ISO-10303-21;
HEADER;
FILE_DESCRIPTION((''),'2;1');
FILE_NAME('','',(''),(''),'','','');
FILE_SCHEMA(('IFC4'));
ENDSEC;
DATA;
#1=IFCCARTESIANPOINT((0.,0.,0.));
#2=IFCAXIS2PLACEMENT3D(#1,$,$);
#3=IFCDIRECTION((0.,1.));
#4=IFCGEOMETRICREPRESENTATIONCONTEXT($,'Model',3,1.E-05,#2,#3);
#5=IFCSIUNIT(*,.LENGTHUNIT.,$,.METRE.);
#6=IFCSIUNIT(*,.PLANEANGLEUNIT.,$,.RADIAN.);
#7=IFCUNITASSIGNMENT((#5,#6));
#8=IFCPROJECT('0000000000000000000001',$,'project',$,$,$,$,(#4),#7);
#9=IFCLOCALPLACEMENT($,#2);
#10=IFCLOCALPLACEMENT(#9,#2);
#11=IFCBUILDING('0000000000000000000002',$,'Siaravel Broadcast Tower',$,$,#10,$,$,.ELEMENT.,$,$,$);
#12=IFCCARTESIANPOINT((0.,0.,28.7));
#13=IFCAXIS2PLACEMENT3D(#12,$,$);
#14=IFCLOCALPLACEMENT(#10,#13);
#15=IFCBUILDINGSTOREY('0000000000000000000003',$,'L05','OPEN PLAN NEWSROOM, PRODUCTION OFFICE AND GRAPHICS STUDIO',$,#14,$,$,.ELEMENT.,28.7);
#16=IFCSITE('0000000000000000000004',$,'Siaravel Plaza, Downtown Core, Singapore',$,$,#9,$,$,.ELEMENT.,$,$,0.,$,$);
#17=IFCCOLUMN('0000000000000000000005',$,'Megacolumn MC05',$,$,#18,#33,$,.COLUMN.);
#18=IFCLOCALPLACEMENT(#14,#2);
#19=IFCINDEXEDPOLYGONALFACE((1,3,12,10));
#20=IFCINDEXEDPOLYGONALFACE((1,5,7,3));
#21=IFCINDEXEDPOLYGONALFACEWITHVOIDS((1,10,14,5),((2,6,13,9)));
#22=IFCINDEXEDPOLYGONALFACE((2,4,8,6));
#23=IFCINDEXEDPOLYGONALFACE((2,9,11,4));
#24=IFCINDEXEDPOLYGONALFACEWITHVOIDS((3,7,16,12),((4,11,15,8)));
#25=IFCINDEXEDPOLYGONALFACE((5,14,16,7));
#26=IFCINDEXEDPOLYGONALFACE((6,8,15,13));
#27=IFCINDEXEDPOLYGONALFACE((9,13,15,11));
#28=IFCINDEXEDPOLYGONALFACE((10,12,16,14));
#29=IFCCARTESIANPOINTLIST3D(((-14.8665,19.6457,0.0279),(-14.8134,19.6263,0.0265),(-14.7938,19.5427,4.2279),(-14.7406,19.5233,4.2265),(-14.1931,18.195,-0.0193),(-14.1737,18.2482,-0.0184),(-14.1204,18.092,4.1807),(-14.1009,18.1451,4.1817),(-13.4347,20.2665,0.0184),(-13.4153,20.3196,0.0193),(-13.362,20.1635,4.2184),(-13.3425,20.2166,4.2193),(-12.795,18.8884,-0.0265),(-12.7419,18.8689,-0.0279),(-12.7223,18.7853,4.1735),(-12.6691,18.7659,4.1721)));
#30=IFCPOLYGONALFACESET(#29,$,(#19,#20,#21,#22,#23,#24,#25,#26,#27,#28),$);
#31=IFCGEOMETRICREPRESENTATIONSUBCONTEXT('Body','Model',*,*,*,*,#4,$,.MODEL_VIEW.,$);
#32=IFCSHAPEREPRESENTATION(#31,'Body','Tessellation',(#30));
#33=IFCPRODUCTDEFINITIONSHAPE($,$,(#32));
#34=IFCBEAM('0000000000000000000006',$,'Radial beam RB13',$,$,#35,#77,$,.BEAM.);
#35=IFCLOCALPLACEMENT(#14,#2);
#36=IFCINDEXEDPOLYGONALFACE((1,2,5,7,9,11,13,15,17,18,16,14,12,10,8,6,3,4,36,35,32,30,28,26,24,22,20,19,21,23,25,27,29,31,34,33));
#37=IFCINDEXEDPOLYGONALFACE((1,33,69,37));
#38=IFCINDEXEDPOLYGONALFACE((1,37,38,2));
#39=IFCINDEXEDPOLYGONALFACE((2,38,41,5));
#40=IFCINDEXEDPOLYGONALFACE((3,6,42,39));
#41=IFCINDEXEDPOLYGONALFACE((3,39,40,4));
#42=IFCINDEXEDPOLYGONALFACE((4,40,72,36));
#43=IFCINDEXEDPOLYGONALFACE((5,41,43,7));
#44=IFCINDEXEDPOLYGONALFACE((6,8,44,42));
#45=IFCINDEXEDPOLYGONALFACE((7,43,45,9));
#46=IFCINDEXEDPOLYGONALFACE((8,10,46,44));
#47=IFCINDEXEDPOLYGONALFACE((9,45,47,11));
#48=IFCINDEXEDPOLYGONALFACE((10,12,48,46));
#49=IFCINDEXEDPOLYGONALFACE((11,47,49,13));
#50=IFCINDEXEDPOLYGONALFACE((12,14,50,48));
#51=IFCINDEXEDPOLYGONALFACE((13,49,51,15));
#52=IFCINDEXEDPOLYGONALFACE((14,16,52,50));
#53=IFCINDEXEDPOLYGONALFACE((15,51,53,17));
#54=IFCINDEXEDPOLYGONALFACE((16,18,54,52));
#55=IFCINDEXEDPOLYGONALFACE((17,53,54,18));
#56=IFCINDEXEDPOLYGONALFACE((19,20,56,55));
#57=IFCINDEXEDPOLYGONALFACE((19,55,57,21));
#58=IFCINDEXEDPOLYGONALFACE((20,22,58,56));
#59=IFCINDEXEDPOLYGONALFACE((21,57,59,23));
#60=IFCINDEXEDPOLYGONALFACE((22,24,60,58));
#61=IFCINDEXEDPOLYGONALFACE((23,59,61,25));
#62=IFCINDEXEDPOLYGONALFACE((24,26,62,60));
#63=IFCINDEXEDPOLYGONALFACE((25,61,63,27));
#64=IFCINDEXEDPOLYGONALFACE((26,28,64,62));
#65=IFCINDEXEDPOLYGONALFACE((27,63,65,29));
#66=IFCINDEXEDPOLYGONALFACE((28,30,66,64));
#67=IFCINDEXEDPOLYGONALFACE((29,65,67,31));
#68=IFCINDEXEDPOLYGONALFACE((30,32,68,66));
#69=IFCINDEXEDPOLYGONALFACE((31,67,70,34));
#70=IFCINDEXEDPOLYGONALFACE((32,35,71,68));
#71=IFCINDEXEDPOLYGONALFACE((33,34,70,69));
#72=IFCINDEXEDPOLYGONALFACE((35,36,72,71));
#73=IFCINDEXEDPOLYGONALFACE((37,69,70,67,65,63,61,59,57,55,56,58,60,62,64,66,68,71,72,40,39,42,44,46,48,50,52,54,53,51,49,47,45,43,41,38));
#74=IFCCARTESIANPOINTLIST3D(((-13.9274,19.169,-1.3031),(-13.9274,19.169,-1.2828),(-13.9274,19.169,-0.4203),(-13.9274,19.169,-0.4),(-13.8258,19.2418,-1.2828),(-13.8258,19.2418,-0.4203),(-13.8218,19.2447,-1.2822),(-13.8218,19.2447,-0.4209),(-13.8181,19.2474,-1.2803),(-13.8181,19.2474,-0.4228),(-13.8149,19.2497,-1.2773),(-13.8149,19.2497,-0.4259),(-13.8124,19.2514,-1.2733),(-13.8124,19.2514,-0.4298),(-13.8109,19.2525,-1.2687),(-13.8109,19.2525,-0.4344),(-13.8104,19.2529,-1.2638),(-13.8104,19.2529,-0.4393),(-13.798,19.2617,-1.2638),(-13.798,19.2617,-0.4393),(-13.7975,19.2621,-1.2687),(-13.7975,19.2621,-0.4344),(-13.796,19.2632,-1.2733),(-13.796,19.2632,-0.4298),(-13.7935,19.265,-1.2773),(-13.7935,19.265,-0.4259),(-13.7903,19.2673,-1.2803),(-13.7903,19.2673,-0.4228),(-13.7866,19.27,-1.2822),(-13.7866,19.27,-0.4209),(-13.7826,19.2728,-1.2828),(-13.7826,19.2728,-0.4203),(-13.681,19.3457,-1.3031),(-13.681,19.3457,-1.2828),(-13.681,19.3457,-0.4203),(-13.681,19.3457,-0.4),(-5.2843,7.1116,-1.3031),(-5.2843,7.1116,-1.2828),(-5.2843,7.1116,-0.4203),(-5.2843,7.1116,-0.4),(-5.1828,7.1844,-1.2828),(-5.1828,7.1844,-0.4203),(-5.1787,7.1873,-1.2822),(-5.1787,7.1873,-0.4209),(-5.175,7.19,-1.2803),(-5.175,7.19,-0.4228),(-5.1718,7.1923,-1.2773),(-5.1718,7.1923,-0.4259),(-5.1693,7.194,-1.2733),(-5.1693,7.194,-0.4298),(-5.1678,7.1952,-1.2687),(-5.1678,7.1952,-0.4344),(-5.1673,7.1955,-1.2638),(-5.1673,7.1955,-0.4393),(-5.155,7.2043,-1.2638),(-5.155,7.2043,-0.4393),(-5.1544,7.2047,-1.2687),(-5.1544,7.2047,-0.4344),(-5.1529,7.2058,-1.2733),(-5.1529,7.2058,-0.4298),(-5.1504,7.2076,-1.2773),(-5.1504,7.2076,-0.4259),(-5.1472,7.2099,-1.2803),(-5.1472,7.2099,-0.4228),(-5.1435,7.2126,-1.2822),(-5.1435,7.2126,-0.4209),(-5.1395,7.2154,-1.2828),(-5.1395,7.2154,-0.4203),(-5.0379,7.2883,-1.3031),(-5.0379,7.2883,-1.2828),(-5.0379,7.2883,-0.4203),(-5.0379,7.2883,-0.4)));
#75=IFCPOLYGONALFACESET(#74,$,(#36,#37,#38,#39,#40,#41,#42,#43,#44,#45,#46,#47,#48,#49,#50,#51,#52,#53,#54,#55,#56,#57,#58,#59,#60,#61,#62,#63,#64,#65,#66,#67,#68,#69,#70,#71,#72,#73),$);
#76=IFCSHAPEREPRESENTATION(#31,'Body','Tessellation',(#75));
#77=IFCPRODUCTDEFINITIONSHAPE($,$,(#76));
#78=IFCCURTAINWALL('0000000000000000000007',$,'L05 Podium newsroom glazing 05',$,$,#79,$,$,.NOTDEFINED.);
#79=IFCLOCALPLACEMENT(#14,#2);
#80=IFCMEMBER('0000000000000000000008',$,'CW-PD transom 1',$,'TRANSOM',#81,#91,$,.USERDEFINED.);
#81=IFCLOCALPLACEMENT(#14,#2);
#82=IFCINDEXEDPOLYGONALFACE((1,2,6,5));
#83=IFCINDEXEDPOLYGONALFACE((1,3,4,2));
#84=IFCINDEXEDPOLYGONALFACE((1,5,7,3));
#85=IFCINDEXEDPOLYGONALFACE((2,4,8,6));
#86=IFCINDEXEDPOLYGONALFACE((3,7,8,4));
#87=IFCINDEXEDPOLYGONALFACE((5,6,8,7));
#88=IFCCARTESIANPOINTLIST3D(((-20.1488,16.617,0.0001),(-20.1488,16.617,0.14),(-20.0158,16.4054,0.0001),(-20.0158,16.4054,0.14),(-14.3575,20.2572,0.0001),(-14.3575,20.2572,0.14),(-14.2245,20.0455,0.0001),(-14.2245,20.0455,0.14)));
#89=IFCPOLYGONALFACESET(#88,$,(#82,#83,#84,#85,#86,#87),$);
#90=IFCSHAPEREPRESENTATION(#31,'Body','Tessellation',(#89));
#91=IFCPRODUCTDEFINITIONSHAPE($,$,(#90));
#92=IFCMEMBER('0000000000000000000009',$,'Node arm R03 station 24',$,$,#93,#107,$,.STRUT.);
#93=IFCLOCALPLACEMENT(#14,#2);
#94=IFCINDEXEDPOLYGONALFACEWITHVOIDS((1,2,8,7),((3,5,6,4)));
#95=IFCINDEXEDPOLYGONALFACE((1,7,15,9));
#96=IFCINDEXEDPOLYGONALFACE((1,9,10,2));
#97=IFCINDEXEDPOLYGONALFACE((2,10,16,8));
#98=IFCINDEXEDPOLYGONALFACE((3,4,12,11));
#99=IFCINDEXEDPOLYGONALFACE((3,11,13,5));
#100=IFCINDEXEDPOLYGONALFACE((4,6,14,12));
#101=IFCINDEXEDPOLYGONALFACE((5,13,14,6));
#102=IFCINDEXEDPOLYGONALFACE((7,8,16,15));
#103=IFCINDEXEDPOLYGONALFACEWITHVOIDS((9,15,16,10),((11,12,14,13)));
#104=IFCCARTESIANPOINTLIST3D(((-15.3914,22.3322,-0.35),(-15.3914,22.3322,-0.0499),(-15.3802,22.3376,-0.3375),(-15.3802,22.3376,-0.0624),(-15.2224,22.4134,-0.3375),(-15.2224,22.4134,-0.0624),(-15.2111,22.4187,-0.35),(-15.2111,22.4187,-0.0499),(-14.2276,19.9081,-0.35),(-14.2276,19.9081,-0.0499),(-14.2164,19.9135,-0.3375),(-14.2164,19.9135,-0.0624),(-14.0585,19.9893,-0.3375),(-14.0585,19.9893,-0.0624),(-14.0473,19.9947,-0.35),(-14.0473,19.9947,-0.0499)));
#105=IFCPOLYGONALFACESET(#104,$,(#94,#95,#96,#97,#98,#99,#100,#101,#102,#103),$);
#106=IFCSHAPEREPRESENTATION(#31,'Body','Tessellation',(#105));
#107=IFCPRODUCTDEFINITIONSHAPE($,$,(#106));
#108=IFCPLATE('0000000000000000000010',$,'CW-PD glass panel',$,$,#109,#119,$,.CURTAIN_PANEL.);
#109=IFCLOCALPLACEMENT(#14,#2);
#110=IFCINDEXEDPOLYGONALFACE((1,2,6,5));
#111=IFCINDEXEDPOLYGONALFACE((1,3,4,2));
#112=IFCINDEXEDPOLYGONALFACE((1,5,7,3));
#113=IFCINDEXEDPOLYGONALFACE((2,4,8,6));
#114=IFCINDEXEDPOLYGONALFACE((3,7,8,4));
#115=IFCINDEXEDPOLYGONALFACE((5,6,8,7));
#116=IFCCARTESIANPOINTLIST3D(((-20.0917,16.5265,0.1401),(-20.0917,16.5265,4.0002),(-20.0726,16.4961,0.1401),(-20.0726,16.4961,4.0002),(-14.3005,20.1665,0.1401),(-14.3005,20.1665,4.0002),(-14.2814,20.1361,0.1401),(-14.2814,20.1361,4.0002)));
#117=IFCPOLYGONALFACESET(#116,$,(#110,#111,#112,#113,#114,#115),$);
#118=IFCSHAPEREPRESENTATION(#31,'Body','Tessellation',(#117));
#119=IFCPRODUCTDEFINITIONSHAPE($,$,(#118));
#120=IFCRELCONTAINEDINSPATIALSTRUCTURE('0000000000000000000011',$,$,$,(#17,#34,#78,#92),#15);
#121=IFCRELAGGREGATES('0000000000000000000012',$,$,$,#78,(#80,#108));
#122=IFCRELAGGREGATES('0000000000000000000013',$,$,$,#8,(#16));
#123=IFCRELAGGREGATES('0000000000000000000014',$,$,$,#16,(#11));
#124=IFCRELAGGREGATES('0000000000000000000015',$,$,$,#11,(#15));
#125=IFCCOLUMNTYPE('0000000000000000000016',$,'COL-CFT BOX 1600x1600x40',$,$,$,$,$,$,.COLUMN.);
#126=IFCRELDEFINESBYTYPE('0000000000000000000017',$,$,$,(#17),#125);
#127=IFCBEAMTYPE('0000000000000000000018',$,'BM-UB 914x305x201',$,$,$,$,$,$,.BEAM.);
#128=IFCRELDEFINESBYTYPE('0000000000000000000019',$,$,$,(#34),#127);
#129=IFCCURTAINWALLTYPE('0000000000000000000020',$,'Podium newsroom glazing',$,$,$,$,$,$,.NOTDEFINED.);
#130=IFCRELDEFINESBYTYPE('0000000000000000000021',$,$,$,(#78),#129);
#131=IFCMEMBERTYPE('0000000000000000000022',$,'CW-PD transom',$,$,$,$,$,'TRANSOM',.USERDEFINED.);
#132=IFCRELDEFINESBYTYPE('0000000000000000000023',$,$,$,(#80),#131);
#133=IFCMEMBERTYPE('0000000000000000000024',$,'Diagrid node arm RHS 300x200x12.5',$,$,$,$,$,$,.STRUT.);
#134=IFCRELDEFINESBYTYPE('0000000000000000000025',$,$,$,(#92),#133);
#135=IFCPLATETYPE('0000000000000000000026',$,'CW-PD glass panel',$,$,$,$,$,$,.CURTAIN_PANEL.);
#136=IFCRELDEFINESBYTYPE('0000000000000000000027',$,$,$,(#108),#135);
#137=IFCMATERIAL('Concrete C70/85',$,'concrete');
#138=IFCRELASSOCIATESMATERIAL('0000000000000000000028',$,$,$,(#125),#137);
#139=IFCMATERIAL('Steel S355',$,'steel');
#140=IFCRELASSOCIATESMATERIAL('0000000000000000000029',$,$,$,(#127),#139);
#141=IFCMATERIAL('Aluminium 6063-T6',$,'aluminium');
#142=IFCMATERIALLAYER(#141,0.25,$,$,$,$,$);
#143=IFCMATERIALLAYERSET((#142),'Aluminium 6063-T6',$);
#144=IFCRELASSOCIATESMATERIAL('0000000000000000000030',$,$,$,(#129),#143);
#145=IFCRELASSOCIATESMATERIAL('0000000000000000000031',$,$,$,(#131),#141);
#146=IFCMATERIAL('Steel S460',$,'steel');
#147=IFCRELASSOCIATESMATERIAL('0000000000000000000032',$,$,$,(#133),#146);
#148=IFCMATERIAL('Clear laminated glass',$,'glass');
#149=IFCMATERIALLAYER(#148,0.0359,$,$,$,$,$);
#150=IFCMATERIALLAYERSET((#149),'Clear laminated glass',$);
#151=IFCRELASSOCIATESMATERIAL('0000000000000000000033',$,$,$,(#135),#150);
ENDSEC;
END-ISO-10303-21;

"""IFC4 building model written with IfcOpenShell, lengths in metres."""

from ifc_helpers import new_model, si_unit, direction, frame, origin, origin_2d, place, context, subcontext, project, spatial, rectangle, hollow_rectangle, i_section, extrude, material, layer, layer_set, material_profile, profile_set, type_object, element, aggregate, save


model = new_model("IFC4")

# Units and contexts
model_context = context("Model", 3, precision=1e-05, world=origin(), true_north=direction((0.0, 1.0)))
body_context = subcontext(model_context, "Body", "Model", "MODEL_VIEW")
ifc_project = project(units=[si_unit("LENGTHUNIT", "METRE"), si_unit("PLANEANGLEUNIT", "RADIAN")], contexts=[model_context])

# Site, building, storey
site_placement = place(None, origin())
site = spatial("IfcSite", under=ifc_project, at=site_placement, Name="Siaravel Plaza, Downtown Core, Singapore", CompositionType="ELEMENT", RefElevation=0.0)
building_placement = place(site_placement, origin())
building = spatial("IfcBuilding", under=site, at=building_placement, Name="Siaravel Broadcast Tower", CompositionType="ELEMENT")
storey_placement = place(building_placement, frame((0.0, 0.0, 28.7)))
storey = spatial("IfcBuildingStorey", under=building, at=storey_placement, Name="L05", Description="OPEN PLAN NEWSROOM, PRODUCTION OFFICE AND GRAPHICS STUDIO", CompositionType="ELEMENT", Elevation=28.7)

# Column
ifc_material_1 = material(Name="Concrete C70/85", Category="concrete")
ifc_material_profile_1 = material_profile(ifc_material_1, hollow_rectangle(XDim=1.6001, YDim=1.6001, WallThickness=0.04, at=origin_2d()))
ifc_profile_set_1 = profile_set([ifc_material_profile_1], Name="Concrete C70/85")
column_type = type_object("IfcColumnType", Name="COL-CFT BOX 1600x1600x40", PredefinedType="COLUMN", material=ifc_profile_set_1)
column_placement = place(storey_placement, frame((-13.8042, 19.2573, 0.0), z_axis=(0.017315, -0.02452, 0.999549), x_axis=(0.906966, 0.421169, -0.005379)))
element("IfcColumn", 1, at=column_placement, inside=storey, type_object=column_type, Name="Megacolumn MC05", PredefinedType="COLUMN", context=body_context, shape_type="SweptSolid", body=[
    extrude(hollow_rectangle(XDim=1.6001, YDim=1.6001, WallThickness=0.04, at=origin_2d()), origin(), (0.0, 0.0, 1.0), 4.2019),
])

# Beam
ifc_material_2 = material(Name="Steel S355", Category="steel")
ifc_material_profile_2 = material_profile(ifc_material_2, i_section(OverallWidth=0.3032, OverallDepth=0.9031, WebThickness=0.0151, FlangeThickness=0.0203, FilletRadius=0.019, at=origin_2d()))
ifc_profile_set_2 = profile_set([ifc_material_profile_2], Name="Steel S355")
beam_type = type_object("IfcBeamType", Name="BM-UB 914x305x201", PredefinedType="BEAM", material=ifc_profile_set_2)
beam_placement = place(storey_placement, frame((-13.8042, 19.2573, -0.8516), z_axis=(0.582606, -0.812755, 0.0), x_axis=(0.812755, 0.582606, 0.0)))
element("IfcBeam", 2, at=beam_placement, inside=storey, type_object=beam_type, Name="Radial beam RB13", PredefinedType="BEAM", context=body_context, shape_type="SweptSolid", body=[
    extrude(i_section(OverallWidth=0.3032, OverallDepth=0.9031, WebThickness=0.0151, FlangeThickness=0.0203, FilletRadius=0.019, at=origin_2d()), origin(), (0.0, 0.0, 1.0), 14.8352),
])

# Curtain wall, member
ifc_material_3 = material(Name="Aluminium 6063-T6", Category="aluminium")
ifc_layer_1 = layer(ifc_material_3, 0.25)
ifc_layer_set_1 = layer_set([ifc_layer_1], Name="Aluminium 6063-T6")
curtain_wall_type = type_object("IfcCurtainWallType", Name="Podium newsroom glazing", PredefinedType="NOTDEFINED", material=ifc_layer_set_1)
curtain_wall_placement = place(storey_placement, origin())
curtain_wall = element("IfcCurtainWall", 3, at=curtain_wall_placement, inside=storey, type_object=curtain_wall_type, Name="L05 Podium newsroom glazing 05", PredefinedType="NOTDEFINED")
ifc_material_profile_3 = material_profile(ifc_material_3, rectangle(XDim=0.25, YDim=0.1399, at=origin_2d()))
ifc_profile_set_3 = profile_set([ifc_material_profile_3], Name="Aluminium 6063-T6")
member_type_1 = type_object("IfcMemberType", Name="CW-PD transom", ElementType="TRANSOM", PredefinedType="USERDEFINED", material=ifc_profile_set_3)
member_1_placement = place(storey_placement, frame((-14.291, 20.1514, 0.0701), z_axis=(-0.846642, -0.532163, 0.0), x_axis=(0.532163, -0.846642, 0.0)))
member_1 = element("IfcMember", 4, at=member_1_placement, type_object=member_type_1, Name="CW-PD transom 1", ObjectType="TRANSOM", PredefinedType="USERDEFINED", context=body_context, shape_type="SweptSolid", body=[
    extrude(rectangle(XDim=0.25, YDim=0.1399, at=origin_2d()), origin(), (0.0, 0.0, 1.0), 6.8403),
])

# Member
ifc_material_4 = material(Name="Steel S460", Category="steel")
ifc_material_profile_4 = material_profile(ifc_material_4, hollow_rectangle(XDim=0.2, YDim=0.3, WallThickness=0.0125, at=origin_2d()))
ifc_profile_set_4 = profile_set([ifc_material_profile_4], Name="Steel S460")
member_type_2 = type_object("IfcMemberType", Name="Diagrid node arm RHS 300x200x12.5", PredefinedType="STRUT", material=ifc_profile_set_4)
member_2_placement = place(storey_placement, frame((-14.1375, 19.9514, -0.2), z_axis=(-0.432811, 0.901485, 0.0), x_axis=(-0.901485, -0.432811, 0.0)))
element("IfcMember", 5, at=member_2_placement, inside=storey, type_object=member_type_2, Name="Node arm R03 station 24", PredefinedType="STRUT", context=body_context, shape_type="SweptSolid", body=[
    extrude(hollow_rectangle(XDim=0.2, YDim=0.3, WallThickness=0.0125, at=origin_2d()), origin(), (0.0, 0.0, 1.0), 2.689),
])

# Plate
ifc_material_5 = material(Name="Clear laminated glass", Category="glass")
ifc_layer_2 = layer(ifc_material_5, 0.0359)
ifc_layer_set_2 = layer_set([ifc_layer_2], Name="Clear laminated glass")
plate_type = type_object("IfcPlateType", Name="CW-PD glass panel", PredefinedType="CURTAIN_PANEL", material=ifc_layer_set_2)
plate_placement = place(storey_placement, frame((-17.1865, 18.3313, 0.1401), z_axis=(0.0, 0.0, 1.0), x_axis=(-0.846651, -0.532148, 0.0)))
plate = element("IfcPlate", 6, at=plate_placement, type_object=plate_type, Name="CW-PD glass panel", PredefinedType="CURTAIN_PANEL", context=body_context, shape_type="SweptSolid", body=[
    extrude(rectangle(XDim=6.8401, YDim=0.0359, at=origin_2d()), origin(), (0.0, 0.0, 1.0), 3.8601),
])
aggregate(curtain_wall, [member_1, plate])

save(model, "model.ifc")
